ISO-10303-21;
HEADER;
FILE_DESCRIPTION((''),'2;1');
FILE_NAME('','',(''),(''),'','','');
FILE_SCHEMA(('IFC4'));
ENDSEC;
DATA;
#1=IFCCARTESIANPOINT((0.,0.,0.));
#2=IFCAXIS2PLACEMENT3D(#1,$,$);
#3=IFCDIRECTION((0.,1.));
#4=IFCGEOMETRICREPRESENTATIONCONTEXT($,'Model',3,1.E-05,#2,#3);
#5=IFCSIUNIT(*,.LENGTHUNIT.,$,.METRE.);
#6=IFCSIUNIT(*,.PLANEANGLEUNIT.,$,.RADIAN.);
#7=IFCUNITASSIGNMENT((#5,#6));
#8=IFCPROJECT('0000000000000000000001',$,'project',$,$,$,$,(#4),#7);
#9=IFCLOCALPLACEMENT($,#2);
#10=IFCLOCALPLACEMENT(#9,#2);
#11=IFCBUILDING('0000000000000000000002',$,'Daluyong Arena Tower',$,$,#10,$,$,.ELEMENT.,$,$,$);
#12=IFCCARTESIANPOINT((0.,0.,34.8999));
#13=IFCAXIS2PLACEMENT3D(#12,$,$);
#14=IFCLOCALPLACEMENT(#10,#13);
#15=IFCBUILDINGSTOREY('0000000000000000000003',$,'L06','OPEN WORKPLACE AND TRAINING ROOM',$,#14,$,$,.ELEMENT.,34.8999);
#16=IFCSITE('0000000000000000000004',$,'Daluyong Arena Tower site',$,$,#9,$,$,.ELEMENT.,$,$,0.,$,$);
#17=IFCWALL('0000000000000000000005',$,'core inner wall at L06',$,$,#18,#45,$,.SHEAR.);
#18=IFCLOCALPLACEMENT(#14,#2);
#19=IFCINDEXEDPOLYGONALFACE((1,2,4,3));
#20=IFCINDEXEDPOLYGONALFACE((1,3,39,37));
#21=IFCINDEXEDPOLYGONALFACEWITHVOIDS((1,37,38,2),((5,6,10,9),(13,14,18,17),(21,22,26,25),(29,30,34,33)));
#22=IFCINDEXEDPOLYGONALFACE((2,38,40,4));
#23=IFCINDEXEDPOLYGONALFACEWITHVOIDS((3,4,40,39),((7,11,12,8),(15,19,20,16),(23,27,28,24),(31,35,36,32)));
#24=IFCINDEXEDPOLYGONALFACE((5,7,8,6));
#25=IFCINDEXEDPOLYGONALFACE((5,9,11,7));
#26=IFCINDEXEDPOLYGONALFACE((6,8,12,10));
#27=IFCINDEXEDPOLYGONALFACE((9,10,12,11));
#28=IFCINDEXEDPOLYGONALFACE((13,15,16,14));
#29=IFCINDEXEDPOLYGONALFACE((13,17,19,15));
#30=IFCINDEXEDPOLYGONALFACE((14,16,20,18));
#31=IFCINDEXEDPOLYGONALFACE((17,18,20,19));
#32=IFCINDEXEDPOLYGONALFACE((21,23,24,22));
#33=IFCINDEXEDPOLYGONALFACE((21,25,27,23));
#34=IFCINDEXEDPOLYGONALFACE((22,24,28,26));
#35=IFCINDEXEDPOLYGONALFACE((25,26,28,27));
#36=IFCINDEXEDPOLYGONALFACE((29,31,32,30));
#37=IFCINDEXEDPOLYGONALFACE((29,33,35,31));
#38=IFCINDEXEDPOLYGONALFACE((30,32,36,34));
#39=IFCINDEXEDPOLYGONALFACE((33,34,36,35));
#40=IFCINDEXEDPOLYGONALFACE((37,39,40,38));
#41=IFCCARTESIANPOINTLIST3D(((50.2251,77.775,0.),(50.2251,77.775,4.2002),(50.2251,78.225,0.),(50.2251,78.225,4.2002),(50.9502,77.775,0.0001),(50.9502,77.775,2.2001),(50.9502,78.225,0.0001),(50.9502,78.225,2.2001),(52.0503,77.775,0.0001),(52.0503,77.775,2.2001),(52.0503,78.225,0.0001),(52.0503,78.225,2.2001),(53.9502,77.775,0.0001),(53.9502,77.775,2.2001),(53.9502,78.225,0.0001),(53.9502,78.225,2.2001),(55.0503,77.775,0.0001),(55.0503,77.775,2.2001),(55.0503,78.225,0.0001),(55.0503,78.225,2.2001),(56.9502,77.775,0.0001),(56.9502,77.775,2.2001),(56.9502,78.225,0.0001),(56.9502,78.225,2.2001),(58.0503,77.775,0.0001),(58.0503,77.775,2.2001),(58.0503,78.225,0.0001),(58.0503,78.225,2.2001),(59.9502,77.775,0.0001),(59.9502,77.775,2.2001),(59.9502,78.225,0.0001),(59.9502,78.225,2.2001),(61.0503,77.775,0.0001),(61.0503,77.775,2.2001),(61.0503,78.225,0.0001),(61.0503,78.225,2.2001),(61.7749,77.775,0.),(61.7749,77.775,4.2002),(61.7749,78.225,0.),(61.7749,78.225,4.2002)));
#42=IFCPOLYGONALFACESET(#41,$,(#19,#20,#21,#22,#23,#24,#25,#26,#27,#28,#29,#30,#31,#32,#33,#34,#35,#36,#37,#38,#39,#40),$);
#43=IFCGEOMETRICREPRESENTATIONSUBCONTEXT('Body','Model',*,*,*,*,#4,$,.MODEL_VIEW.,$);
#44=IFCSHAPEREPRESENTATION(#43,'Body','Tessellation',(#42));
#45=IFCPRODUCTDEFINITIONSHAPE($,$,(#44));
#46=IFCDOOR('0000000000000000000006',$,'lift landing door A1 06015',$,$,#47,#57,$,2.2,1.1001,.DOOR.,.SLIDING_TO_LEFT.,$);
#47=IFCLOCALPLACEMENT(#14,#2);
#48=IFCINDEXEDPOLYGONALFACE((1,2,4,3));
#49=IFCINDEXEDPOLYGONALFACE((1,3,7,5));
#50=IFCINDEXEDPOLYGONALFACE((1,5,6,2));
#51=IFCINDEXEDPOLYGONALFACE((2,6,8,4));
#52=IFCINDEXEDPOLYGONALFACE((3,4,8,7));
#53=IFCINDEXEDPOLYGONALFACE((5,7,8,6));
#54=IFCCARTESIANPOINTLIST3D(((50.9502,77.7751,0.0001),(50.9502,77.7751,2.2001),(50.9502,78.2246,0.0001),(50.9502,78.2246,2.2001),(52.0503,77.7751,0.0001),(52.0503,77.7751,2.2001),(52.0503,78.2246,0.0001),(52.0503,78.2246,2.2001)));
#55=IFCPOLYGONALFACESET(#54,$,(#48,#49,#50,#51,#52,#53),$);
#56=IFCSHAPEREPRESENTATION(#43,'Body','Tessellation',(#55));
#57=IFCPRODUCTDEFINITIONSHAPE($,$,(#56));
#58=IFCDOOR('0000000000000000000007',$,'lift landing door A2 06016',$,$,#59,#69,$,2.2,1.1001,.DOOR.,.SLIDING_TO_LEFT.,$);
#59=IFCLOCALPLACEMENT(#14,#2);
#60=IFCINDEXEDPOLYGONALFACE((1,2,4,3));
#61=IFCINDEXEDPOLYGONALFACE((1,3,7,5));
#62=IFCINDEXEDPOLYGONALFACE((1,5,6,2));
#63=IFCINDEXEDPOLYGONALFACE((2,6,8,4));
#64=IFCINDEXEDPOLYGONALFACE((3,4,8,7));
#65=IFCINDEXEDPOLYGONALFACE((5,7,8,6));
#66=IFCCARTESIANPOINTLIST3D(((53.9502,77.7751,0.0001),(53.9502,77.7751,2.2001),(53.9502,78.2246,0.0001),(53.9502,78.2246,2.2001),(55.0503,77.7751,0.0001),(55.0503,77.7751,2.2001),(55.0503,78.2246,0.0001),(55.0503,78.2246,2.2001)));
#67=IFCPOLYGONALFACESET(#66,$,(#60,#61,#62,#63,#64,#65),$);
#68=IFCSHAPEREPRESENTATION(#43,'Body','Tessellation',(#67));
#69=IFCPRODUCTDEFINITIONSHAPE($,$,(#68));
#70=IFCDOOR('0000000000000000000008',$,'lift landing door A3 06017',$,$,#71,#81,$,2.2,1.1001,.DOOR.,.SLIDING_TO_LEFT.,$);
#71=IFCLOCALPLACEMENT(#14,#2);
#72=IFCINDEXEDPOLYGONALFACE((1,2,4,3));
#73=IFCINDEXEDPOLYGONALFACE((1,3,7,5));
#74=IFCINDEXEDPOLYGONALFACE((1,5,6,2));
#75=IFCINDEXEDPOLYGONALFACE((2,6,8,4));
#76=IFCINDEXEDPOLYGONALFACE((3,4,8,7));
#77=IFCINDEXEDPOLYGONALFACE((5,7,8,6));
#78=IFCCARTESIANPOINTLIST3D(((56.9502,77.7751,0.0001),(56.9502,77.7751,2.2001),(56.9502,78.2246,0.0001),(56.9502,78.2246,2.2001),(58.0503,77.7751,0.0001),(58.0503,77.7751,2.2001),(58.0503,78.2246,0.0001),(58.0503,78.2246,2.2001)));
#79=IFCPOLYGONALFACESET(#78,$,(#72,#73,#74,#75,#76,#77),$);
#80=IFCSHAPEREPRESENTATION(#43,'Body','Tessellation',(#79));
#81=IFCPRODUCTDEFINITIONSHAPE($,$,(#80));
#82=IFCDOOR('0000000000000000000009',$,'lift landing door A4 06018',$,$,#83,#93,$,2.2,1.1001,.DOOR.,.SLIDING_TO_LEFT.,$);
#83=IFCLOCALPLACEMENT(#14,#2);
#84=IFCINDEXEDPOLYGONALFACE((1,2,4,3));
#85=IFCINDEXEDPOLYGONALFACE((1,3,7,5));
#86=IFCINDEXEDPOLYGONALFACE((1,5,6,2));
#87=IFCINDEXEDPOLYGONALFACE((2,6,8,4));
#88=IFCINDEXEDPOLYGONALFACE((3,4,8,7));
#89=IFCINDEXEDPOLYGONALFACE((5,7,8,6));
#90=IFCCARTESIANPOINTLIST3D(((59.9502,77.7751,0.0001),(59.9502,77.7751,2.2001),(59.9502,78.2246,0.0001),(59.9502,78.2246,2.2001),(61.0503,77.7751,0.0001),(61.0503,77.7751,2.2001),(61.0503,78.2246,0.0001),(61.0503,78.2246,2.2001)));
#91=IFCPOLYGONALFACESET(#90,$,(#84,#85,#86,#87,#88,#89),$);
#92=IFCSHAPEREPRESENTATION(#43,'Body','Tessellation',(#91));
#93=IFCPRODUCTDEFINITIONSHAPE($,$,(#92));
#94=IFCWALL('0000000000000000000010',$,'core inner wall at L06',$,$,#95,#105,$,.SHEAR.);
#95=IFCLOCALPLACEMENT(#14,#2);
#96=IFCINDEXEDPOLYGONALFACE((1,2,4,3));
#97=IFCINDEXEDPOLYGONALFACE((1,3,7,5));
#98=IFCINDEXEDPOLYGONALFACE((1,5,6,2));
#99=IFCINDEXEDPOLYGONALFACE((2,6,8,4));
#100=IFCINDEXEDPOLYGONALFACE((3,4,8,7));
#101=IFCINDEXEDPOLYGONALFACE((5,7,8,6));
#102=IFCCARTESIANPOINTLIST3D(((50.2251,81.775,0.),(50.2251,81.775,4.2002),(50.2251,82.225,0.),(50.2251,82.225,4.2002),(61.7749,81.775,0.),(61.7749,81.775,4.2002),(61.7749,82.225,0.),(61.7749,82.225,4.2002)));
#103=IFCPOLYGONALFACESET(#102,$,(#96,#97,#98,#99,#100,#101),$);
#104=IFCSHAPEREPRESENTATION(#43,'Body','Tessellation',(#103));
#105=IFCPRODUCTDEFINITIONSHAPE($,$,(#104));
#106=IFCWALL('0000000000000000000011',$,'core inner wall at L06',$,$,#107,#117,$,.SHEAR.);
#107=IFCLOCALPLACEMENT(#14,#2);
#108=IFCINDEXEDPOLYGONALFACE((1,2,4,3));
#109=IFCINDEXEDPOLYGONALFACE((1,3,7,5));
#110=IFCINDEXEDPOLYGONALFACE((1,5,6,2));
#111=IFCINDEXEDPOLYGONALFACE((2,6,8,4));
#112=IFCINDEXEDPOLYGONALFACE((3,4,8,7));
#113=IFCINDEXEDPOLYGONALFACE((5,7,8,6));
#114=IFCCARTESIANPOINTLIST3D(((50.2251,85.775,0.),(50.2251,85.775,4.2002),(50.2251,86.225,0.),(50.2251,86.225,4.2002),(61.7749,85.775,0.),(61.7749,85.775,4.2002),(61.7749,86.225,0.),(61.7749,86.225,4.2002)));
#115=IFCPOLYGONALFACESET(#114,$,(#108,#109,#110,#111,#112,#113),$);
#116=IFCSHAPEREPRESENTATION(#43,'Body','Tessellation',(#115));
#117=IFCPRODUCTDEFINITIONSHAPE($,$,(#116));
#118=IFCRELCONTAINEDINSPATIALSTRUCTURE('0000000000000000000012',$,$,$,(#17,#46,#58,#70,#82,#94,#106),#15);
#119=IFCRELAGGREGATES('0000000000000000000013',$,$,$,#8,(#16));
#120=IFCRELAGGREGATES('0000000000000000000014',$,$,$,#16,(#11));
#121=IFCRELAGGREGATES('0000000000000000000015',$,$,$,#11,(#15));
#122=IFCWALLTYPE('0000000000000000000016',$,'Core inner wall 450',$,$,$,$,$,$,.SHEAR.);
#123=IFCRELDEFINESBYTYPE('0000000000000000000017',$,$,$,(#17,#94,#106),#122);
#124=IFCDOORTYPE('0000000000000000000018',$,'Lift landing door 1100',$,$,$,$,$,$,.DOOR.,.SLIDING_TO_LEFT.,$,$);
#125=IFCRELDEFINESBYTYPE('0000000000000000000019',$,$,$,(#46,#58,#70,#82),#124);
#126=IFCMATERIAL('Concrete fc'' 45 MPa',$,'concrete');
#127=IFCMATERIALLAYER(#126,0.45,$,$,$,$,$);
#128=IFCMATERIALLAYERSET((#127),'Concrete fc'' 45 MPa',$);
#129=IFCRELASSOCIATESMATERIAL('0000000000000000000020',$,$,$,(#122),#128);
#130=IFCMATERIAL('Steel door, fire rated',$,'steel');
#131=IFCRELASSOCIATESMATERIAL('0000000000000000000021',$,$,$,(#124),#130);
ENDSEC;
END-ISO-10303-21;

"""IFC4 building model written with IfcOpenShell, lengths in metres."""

from ifc_helpers import new_model, si_unit, direction, frame, frame_2d, origin, place, context, subcontext, project, spatial, rectangle, extrude, material, layer, layer_set, type_object, element, fill, save


model = new_model("IFC4")

# Units and contexts
model_context = context("Model", 3, precision=1e-05, world=origin(), true_north=direction((0.0, 1.0)))
body_context = subcontext(model_context, "Body", "Model", "MODEL_VIEW")
ifc_project = project(units=[si_unit("LENGTHUNIT", "METRE"), si_unit("PLANEANGLEUNIT", "RADIAN")], contexts=[model_context])

# Site, building, storey
site_placement = place(None, origin())
site = spatial("IfcSite", under=ifc_project, at=site_placement, Name="Daluyong Arena Tower site", CompositionType="ELEMENT", RefElevation=0.0)
building_placement = place(site_placement, origin())
building = spatial("IfcBuilding", under=site, at=building_placement, Name="Daluyong Arena Tower", CompositionType="ELEMENT")
storey_placement = place(building_placement, frame((0.0, 0.0, 34.8999)))
storey = spatial("IfcBuildingStorey", under=building, at=storey_placement, Name="L06", Description="OPEN WORKPLACE AND TRAINING ROOM", CompositionType="ELEMENT", Elevation=34.8999)

# Shared definitions
ifc_material_1 = material(Name="Concrete fc' 45 MPa", Category="concrete")
ifc_layer_1 = layer(ifc_material_1, 0.45)
ifc_layer_set_1 = layer_set([ifc_layer_1], Name="Concrete fc' 45 MPa")
wall_type_1 = type_object("IfcWallType", Name="Core inner wall 450", PredefinedType="SHEAR", material=ifc_layer_set_1)

# Wall, openings, doors
wall_1_placement = place(storey_placement, frame((50.2251, 78.0, 0.0), z_axis=(0.0, 0.0, 1.0), x_axis=(1.0, 0.0, 0.0)))
wall_1 = element("IfcWall", 1, at=wall_1_placement, inside=storey, type_object=wall_type_1, Name="core inner wall at L06", PredefinedType="SHEAR", context=body_context, shape_type="SweptSolid", body=[
    extrude(rectangle(XDim=11.5498, YDim=0.45, at=frame_2d((5.7749, 0.0))), origin(), (0.0, 0.0, 1.0), 4.2002),
])
opening_1_placement = place(wall_1_placement, frame((0.7251, 0.0, 0.0)))
opening_1 = element("IfcOpeningElement", 2, at=opening_1_placement, cuts=wall_1, PredefinedType="OPENING", context=body_context, shape_type="SweptSolid", body=[
    extrude(rectangle(XDim=1.1001, YDim=2.2, at=frame_2d((0.55, 1.1001))), frame((0.0, 0.2349, 0.0), z_axis=(0.0, -1.0, 0.0), x_axis=(1.0, 0.0, 0.0)), (0.0, 0.0, 1.0), 0.47),
])
opening_2_placement = place(wall_1_placement, frame((3.7251, 0.0, 0.0)))
opening_2 = element("IfcOpeningElement", 3, at=opening_2_placement, cuts=wall_1, PredefinedType="OPENING", context=body_context, shape_type="SweptSolid", body=[
    extrude(rectangle(XDim=1.1001, YDim=2.2, at=frame_2d((0.55, 1.1001))), frame((0.0, 0.2349, 0.0), z_axis=(0.0, -1.0, 0.0), x_axis=(1.0, 0.0, 0.0)), (0.0, 0.0, 1.0), 0.47),
])
opening_3_placement = place(wall_1_placement, frame((6.7251, 0.0, 0.0)))
opening_3 = element("IfcOpeningElement", 4, at=opening_3_placement, cuts=wall_1, PredefinedType="OPENING", context=body_context, shape_type="SweptSolid", body=[
    extrude(rectangle(XDim=1.1001, YDim=2.2, at=frame_2d((0.55, 1.1001))), frame((0.0, 0.2349, 0.0), z_axis=(0.0, -1.0, 0.0), x_axis=(1.0, 0.0, 0.0)), (0.0, 0.0, 1.0), 0.47),
])
opening_4_placement = place(wall_1_placement, frame((9.7251, 0.0, 0.0)))
opening_4 = element("IfcOpeningElement", 5, at=opening_4_placement, cuts=wall_1, PredefinedType="OPENING", context=body_context, shape_type="SweptSolid", body=[
    extrude(rectangle(XDim=1.1001, YDim=2.2, at=frame_2d((0.55, 1.1001))), frame((0.0, 0.2349, 0.0), z_axis=(0.0, -1.0, 0.0), x_axis=(1.0, 0.0, 0.0)), (0.0, 0.0, 1.0), 0.47),
])
ifc_material_2 = material(Name="Steel door, fire rated", Category="steel")
door_type_1 = type_object("IfcDoorType", Name="Lift landing door 1100", OperationType="SLIDING_TO_LEFT", PredefinedType="DOOR", material=ifc_material_2)
door_1_placement = place(opening_1_placement, origin())
door_1 = element("IfcDoor", 6, at=door_1_placement, inside=storey, type_object=door_type_1, Name="lift landing door A1 06015", OperationType="SLIDING_TO_LEFT", OverallHeight=2.2, OverallWidth=1.1001, PredefinedType="DOOR", context=body_context, shape_type="SweptSolid", body=[
    extrude(rectangle(XDim=1.1001, YDim=2.2, at=frame_2d((0.55, 1.1001))), frame((0.0, 0.2246, 0.0), z_axis=(0.0, -1.0, 0.0), x_axis=(1.0, 0.0, 0.0)), (0.0, 0.0, 1.0), 0.4495),
])
fill(opening_1, door_1)
door_2_placement = place(opening_2_placement, origin())
door_2 = element("IfcDoor", 7, at=door_2_placement, inside=storey, type_object=door_type_1, Name="lift landing door A2 06016", OperationType="SLIDING_TO_LEFT", OverallHeight=2.2, OverallWidth=1.1001, PredefinedType="DOOR", context=body_context, shape_type="SweptSolid", body=[
    extrude(rectangle(XDim=1.1001, YDim=2.2, at=frame_2d((0.55, 1.1001))), frame((0.0, 0.2246, 0.0), z_axis=(0.0, -1.0, 0.0), x_axis=(1.0, 0.0, 0.0)), (0.0, 0.0, 1.0), 0.4495),
])
fill(opening_2, door_2)
door_3_placement = place(opening_3_placement, origin())
door_3 = element("IfcDoor", 8, at=door_3_placement, inside=storey, type_object=door_type_1, Name="lift landing door A3 06017", OperationType="SLIDING_TO_LEFT", OverallHeight=2.2, OverallWidth=1.1001, PredefinedType="DOOR", context=body_context, shape_type="SweptSolid", body=[
    extrude(rectangle(XDim=1.1001, YDim=2.2, at=frame_2d((0.55, 1.1001))), frame((0.0, 0.2246, 0.0), z_axis=(0.0, -1.0, 0.0), x_axis=(1.0, 0.0, 0.0)), (0.0, 0.0, 1.0), 0.4495),
])
fill(opening_3, door_3)
door_4_placement = place(opening_4_placement, origin())
door_4 = element("IfcDoor", 9, at=door_4_placement, inside=storey, type_object=door_type_1, Name="lift landing door A4 06018", OperationType="SLIDING_TO_LEFT", OverallHeight=2.2, OverallWidth=1.1001, PredefinedType="DOOR", context=body_context, shape_type="SweptSolid", body=[
    extrude(rectangle(XDim=1.1001, YDim=2.2, at=frame_2d((0.55, 1.1001))), frame((0.0, 0.2246, 0.0), z_axis=(0.0, -1.0, 0.0), x_axis=(1.0, 0.0, 0.0)), (0.0, 0.0, 1.0), 0.4495),
])
fill(opening_4, door_4)

# Walls
for number, where, z_axis, x_axis, name in (
    (10, (50.2251, 82.0, 0.0), (0.0, 0.0, 1.0), (1.0, 0.0, 0.0), "core inner wall at L06"),
    (11, (50.2251, 86.0, 0.0), (0.0, 0.0, 1.0), (1.0, 0.0, 0.0), "core inner wall at L06"),
):
    element("IfcWall", number, at=place(storey_placement, frame(where, z_axis=z_axis, x_axis=x_axis)), inside=storey, type_object=wall_type_1, Name=name, PredefinedType="SHEAR", context=body_context, shape_type="SweptSolid", body=[
        extrude(rectangle(XDim=11.5498, YDim=0.45, at=frame_2d((5.7749, 0.0))), origin(), (0.0, 0.0, 1.0), 4.2002),
    ])

save(model, "model.ifc")
